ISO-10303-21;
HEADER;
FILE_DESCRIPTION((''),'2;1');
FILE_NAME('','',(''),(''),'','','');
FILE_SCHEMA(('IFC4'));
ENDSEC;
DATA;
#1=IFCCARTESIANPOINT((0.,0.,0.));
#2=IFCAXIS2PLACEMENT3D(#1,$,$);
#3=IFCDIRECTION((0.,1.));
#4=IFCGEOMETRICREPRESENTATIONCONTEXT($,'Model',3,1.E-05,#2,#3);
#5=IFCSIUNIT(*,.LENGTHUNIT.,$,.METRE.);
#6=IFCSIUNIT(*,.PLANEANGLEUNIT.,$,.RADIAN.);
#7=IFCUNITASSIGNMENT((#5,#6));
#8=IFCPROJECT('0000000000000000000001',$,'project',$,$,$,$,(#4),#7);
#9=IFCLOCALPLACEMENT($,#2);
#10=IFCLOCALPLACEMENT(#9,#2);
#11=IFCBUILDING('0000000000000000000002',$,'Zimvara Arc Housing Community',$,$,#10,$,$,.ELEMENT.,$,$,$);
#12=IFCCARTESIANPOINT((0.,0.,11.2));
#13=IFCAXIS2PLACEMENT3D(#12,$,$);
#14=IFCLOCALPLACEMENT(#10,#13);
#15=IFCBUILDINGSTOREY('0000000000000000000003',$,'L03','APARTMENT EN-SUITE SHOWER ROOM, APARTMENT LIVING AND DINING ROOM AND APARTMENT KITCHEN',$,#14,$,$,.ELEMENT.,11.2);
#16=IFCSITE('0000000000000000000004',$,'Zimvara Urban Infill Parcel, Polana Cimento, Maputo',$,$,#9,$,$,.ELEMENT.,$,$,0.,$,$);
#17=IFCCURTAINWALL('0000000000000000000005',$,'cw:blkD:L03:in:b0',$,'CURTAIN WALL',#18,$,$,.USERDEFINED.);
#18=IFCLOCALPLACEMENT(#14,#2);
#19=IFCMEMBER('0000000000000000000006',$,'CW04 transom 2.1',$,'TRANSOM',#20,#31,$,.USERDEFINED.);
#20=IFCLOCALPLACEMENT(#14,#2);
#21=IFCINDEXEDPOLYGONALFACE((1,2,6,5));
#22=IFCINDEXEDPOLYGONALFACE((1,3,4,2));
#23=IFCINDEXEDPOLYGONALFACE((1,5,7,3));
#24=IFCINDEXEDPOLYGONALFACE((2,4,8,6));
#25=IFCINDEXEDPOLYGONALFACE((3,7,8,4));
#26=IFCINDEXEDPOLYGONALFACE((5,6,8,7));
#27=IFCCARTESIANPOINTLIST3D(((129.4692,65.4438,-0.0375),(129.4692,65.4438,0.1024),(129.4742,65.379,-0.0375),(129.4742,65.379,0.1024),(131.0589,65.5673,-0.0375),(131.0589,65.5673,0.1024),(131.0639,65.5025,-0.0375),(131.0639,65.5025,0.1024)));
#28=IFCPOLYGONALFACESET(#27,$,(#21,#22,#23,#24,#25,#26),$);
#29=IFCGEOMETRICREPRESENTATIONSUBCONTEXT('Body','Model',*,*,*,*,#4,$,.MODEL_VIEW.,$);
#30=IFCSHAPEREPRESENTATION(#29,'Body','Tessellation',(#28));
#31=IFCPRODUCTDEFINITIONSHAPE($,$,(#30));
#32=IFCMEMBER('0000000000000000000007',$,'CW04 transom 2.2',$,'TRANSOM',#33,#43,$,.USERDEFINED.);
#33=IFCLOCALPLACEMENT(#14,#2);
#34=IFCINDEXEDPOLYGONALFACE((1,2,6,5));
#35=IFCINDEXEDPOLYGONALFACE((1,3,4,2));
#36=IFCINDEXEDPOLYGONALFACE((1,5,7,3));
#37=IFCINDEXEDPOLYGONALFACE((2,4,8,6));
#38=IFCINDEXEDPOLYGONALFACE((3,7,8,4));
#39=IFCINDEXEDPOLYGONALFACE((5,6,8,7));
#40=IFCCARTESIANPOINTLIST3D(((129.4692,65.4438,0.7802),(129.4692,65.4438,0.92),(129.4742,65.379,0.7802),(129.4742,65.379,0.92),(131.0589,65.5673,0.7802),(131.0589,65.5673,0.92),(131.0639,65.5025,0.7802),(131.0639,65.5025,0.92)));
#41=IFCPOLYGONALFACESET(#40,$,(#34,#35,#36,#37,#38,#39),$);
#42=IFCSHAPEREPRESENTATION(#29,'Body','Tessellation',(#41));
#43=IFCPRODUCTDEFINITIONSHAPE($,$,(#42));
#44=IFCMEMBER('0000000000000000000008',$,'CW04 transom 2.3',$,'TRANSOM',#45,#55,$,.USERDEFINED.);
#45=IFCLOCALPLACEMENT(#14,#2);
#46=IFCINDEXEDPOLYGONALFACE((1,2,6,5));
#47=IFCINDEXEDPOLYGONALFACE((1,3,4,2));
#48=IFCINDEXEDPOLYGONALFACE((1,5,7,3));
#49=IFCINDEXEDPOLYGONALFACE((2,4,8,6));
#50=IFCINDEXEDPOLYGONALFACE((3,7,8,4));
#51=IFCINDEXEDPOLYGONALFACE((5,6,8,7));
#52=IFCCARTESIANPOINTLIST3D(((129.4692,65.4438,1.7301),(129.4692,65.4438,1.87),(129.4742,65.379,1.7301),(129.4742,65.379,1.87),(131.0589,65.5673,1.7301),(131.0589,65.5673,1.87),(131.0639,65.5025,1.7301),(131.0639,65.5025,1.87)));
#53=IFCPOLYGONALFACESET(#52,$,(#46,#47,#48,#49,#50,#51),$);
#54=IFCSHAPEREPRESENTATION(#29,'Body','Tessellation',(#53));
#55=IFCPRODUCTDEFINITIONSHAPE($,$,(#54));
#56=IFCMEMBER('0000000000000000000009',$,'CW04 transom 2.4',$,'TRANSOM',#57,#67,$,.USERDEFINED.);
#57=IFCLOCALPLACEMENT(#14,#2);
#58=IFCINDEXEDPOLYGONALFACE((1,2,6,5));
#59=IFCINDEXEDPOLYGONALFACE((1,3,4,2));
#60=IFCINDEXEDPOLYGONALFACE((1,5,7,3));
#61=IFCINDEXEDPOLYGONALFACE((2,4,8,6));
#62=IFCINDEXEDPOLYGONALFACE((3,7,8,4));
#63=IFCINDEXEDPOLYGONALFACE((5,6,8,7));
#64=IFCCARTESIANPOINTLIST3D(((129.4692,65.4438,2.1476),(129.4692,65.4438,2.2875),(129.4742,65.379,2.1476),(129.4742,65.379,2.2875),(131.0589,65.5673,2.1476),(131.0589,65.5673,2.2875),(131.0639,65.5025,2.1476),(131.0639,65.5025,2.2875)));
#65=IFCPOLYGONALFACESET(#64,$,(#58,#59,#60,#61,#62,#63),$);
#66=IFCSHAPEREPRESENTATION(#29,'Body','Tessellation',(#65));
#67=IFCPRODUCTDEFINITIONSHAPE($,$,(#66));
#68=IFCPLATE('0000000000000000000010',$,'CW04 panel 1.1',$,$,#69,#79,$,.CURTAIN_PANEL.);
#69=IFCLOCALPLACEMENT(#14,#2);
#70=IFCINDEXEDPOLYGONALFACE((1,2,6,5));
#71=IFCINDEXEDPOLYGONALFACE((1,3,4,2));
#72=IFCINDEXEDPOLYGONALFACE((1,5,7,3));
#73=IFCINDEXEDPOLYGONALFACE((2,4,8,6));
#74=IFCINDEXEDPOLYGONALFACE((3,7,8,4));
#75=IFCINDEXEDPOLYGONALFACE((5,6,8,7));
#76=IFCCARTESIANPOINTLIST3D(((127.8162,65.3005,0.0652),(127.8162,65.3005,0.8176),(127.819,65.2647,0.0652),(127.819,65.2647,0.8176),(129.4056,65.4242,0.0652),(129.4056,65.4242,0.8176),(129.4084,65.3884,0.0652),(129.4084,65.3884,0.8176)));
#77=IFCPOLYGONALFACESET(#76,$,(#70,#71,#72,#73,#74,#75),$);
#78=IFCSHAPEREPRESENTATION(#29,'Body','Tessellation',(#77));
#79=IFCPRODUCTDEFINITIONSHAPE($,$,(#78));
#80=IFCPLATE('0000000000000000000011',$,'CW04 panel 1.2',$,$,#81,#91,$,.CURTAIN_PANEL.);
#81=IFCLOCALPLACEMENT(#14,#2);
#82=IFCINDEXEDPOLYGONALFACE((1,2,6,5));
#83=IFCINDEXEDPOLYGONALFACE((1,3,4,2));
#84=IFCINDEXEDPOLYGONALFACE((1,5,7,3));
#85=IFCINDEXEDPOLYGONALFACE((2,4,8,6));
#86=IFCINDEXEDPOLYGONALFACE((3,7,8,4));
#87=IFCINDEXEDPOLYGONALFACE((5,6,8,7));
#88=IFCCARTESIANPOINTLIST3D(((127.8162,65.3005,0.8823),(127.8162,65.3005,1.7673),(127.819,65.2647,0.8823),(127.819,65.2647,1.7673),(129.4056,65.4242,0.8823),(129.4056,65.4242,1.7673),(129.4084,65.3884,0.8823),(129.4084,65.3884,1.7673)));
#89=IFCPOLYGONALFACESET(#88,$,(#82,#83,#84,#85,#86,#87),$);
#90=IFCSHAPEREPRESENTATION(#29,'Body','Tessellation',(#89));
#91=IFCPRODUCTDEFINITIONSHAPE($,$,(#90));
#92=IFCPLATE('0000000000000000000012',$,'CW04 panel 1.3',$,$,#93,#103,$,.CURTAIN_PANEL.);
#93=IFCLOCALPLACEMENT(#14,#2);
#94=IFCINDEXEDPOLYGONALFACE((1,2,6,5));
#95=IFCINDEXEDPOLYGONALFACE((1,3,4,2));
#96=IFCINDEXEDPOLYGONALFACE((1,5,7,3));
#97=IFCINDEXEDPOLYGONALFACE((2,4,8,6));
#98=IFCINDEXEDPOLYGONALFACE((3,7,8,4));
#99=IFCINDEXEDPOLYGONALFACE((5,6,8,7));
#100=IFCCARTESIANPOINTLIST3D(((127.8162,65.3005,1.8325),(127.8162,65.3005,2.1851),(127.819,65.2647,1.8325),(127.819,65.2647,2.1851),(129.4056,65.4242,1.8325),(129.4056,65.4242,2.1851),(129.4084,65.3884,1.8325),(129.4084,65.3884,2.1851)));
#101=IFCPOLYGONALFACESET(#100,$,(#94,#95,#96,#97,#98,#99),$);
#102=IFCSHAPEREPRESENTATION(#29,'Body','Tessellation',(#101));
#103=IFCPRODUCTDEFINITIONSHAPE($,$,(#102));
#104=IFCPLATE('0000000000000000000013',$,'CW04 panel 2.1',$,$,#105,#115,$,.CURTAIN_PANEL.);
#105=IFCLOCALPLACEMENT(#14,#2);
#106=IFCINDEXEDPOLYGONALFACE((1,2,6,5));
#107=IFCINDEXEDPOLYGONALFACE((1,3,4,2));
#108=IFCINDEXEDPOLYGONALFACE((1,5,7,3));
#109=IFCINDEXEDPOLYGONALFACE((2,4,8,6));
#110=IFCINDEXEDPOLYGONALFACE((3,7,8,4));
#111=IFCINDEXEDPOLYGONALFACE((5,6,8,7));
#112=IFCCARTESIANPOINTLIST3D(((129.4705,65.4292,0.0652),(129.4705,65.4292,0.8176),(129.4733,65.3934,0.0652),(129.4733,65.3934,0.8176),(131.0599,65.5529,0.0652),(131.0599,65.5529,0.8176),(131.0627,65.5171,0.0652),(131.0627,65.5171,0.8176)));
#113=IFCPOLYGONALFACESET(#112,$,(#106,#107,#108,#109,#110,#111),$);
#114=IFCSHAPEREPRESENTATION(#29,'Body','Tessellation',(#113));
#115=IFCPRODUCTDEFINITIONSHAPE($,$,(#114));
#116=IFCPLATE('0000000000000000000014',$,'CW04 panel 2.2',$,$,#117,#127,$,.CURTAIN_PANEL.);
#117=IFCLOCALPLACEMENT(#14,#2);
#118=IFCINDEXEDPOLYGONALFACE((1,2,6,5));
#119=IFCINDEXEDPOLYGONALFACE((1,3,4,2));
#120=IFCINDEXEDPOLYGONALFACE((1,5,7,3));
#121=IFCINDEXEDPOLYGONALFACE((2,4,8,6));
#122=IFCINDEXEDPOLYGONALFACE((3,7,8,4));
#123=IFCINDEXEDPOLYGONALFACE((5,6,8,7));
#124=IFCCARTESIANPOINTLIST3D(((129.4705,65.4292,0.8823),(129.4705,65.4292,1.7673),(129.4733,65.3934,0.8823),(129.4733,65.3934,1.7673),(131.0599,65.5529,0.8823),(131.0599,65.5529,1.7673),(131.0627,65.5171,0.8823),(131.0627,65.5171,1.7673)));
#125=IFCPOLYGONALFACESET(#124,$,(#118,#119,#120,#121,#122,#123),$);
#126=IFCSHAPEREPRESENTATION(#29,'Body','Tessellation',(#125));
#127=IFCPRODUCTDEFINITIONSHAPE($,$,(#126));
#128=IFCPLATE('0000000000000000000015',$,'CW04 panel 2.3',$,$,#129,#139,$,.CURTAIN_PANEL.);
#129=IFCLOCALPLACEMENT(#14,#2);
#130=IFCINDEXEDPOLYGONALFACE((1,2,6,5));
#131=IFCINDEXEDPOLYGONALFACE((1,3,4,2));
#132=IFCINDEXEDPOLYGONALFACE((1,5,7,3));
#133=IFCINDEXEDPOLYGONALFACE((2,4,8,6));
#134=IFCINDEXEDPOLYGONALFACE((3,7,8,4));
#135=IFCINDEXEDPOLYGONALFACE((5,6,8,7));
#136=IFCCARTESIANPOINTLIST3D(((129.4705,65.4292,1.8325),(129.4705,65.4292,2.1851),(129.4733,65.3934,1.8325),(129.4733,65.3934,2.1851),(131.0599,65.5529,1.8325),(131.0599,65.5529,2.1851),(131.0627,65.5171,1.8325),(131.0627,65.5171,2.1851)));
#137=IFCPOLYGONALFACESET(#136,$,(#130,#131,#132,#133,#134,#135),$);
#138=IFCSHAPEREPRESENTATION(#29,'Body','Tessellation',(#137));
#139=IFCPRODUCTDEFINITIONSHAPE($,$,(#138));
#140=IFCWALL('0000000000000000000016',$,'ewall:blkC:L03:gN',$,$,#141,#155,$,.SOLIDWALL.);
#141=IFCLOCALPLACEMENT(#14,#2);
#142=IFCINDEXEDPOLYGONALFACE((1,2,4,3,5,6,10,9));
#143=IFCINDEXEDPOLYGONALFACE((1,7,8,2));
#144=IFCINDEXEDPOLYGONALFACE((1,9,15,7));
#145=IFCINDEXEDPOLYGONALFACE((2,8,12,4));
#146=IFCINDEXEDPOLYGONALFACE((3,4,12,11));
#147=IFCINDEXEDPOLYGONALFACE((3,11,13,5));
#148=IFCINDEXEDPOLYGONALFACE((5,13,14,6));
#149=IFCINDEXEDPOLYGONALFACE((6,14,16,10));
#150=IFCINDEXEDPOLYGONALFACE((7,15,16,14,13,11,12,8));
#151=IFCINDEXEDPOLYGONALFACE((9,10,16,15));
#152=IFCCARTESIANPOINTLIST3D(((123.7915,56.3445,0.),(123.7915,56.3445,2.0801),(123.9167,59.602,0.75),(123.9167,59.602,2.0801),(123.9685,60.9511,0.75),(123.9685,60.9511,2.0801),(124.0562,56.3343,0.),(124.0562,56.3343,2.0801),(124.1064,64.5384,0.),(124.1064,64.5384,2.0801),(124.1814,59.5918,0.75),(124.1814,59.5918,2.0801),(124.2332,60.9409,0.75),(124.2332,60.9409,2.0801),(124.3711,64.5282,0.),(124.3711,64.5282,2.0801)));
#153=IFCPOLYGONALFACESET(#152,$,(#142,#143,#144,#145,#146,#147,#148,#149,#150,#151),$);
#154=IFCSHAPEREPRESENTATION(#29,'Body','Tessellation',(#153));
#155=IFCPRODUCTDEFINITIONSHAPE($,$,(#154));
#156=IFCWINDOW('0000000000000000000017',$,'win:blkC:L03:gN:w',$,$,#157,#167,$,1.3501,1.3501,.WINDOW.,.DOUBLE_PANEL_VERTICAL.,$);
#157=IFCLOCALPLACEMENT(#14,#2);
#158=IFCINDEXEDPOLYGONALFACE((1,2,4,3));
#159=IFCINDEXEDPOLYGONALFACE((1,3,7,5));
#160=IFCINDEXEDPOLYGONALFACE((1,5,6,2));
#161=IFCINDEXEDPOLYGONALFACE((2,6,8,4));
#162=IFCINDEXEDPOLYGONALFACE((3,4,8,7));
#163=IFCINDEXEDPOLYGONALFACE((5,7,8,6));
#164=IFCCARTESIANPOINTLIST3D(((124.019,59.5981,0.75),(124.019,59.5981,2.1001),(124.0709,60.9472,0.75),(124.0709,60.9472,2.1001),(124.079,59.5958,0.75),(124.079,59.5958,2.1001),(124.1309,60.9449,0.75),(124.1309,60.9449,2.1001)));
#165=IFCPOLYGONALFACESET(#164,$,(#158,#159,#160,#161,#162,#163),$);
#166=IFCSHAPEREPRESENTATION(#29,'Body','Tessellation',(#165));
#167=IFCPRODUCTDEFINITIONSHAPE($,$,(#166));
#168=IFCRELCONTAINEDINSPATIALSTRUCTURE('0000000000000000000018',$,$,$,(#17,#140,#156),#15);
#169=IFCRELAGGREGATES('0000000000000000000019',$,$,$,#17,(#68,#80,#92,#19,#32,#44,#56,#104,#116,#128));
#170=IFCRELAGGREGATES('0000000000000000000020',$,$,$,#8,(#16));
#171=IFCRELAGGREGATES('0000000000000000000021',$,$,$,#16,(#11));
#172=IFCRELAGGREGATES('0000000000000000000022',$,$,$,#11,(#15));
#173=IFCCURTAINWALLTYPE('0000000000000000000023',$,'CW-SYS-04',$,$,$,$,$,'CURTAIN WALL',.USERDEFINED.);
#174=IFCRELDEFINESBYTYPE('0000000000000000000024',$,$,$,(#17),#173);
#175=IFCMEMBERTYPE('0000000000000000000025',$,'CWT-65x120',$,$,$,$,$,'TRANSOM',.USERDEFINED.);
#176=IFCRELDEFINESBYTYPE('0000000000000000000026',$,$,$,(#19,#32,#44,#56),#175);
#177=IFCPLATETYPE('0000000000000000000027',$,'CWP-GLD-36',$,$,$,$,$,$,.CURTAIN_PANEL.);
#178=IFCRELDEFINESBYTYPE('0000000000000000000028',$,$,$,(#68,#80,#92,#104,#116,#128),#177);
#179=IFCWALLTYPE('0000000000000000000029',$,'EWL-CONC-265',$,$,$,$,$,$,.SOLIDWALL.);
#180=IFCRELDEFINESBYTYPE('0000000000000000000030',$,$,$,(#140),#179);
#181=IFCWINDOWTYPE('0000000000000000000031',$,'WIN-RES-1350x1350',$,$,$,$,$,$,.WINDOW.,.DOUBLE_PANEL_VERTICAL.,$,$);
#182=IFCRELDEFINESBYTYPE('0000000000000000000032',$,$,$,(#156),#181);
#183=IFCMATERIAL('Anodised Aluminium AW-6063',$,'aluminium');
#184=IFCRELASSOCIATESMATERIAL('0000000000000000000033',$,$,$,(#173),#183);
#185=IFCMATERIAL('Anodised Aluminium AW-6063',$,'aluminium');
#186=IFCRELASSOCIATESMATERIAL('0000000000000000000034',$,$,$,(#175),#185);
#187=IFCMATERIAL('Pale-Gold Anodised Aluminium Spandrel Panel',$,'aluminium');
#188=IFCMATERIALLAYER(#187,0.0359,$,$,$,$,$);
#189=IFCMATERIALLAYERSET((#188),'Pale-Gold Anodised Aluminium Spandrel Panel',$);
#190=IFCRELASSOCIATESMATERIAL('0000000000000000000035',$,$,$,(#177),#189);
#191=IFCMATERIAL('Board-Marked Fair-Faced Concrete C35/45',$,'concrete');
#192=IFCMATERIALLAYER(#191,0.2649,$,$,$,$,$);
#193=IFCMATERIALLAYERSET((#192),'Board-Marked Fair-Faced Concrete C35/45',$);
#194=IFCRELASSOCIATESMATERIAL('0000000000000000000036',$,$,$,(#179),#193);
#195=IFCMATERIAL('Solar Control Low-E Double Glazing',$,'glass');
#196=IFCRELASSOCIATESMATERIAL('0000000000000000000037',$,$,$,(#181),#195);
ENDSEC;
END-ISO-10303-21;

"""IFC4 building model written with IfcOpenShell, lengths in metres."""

from ifc_helpers import new_model, si_unit, direction, frame, frame_2d, origin, origin_2d, place, context, subcontext, project, spatial, rectangle, extrude, material, layer, layer_set, material_profile, profile_set, type_object, element, fill, aggregate, save


model = new_model("IFC4")

# Units and contexts
model_context = context("Model", 3, precision=1e-05, world=origin(), true_north=direction((0.0, 1.0)))
body_context = subcontext(model_context, "Body", "Model", "MODEL_VIEW")
ifc_project = project(units=[si_unit("LENGTHUNIT", "METRE"), si_unit("PLANEANGLEUNIT", "RADIAN")], contexts=[model_context])

# Site, building, storey
site_placement = place(None, origin())
site = spatial("IfcSite", under=ifc_project, at=site_placement, Name="Zimvara Urban Infill Parcel, Polana Cimento, Maputo", CompositionType="ELEMENT", RefElevation=0.0)
building_placement = place(site_placement, origin())
building = spatial("IfcBuilding", under=site, at=building_placement, Name="Zimvara Arc Housing Community", CompositionType="ELEMENT")
storey_placement = place(building_placement, frame((0.0, 0.0, 11.2)))
storey = spatial("IfcBuildingStorey", under=building, at=storey_placement, Name="L03", Description="APARTMENT EN-SUITE SHOWER ROOM, APARTMENT LIVING AND DINING ROOM AND APARTMENT KITCHEN", CompositionType="ELEMENT", Elevation=11.2)

# Curtain wall, members, plates
ifc_material_1 = material(Name="Anodised Aluminium AW-6063", Category="aluminium")
curtain_wall_type_1 = type_object("IfcCurtainWallType", Name="CW-SYS-04", ElementType="CURTAIN WALL", PredefinedType="USERDEFINED", material=ifc_material_1)
curtain_wall_1_placement = place(storey_placement, origin())
curtain_wall_1 = element("IfcCurtainWall", 1, at=curtain_wall_1_placement, inside=storey, type_object=curtain_wall_type_1, Name="cw:blkD:L03:in:b0", ObjectType="CURTAIN WALL", PredefinedType="USERDEFINED")
ifc_material_2 = material(Name="Anodised Aluminium AW-6063", Category="aluminium")
ifc_material_profile_1 = material_profile(ifc_material_2, rectangle(XDim=0.0649, YDim=0.1399, at=origin_2d()), Name="ALU 65x140")
ifc_profile_set_1 = profile_set([ifc_material_profile_1], Name="Anodised Aluminium AW-6063")
member_type_1 = type_object("IfcMemberType", Name="CWT-65x120", ElementType="TRANSOM", PredefinedType="USERDEFINED", material=ifc_profile_set_1)
member_1_placement = place(storey_placement, frame((129.4717, 65.4114, 0.0325), z_axis=(0.996994, 0.077481, 0.0), x_axis=(-0.077481, 0.996994, 0.0)))
member_1 = element("IfcMember", 2, at=member_1_placement, type_object=member_type_1, Name="CW04 transom 2.1", ObjectType="TRANSOM", PredefinedType="USERDEFINED", context=body_context, shape_type="SweptSolid", body=[
    extrude(rectangle(XDim=0.0649, YDim=0.1399, at=origin_2d()), origin(), (0.0, 0.0, 1.0), 1.5945),
])
member_2_placement = place(storey_placement, frame((129.4717, 65.4114, 0.8501), z_axis=(0.996994, 0.077481, 0.0), x_axis=(-0.077481, 0.996994, 0.0)))
member_2 = element("IfcMember", 3, at=member_2_placement, type_object=member_type_1, Name="CW04 transom 2.2", ObjectType="TRANSOM", PredefinedType="USERDEFINED", context=body_context, shape_type="SweptSolid", body=[
    extrude(rectangle(XDim=0.0649, YDim=0.1399, at=origin_2d()), origin(), (0.0, 0.0, 1.0), 1.5945),
])
member_3_placement = place(storey_placement, frame((129.4717, 65.4114, 1.8), z_axis=(0.996994, 0.077481, 0.0), x_axis=(-0.077481, 0.996994, 0.0)))
member_3 = element("IfcMember", 4, at=member_3_placement, type_object=member_type_1, Name="CW04 transom 2.3", ObjectType="TRANSOM", PredefinedType="USERDEFINED", context=body_context, shape_type="SweptSolid", body=[
    extrude(rectangle(XDim=0.0649, YDim=0.1399, at=origin_2d()), origin(), (0.0, 0.0, 1.0), 1.5945),
])
member_4_placement = place(storey_placement, frame((129.4717, 65.4114, 2.2175), z_axis=(0.996994, 0.077481, 0.0), x_axis=(-0.077481, 0.996994, 0.0)))
member_4 = element("IfcMember", 5, at=member_4_placement, type_object=member_type_1, Name="CW04 transom 2.4", ObjectType="TRANSOM", PredefinedType="USERDEFINED", context=body_context, shape_type="SweptSolid", body=[
    extrude(rectangle(XDim=0.0649, YDim=0.1399, at=origin_2d()), origin(), (0.0, 0.0, 1.0), 1.5945),
])
ifc_material_3 = material(Name="Pale-Gold Anodised Aluminium Spandrel Panel", Category="aluminium")
ifc_layer_1 = layer(ifc_material_3, 0.0359)
ifc_layer_set_1 = layer_set([ifc_layer_1], Name="Pale-Gold Anodised Aluminium Spandrel Panel")
plate_type = type_object("IfcPlateType", Name="CWP-GLD-36", PredefinedType="CURTAIN_PANEL", material=ifc_layer_set_1)
plate_1_placement = place(storey_placement, frame((128.6123, 65.3445, 0.0652), z_axis=(0.0, 0.0, 1.0), x_axis=(0.996985, 0.07759, 0.0)))
plate_1 = element("IfcPlate", 6, at=plate_1_placement, type_object=plate_type, Name="CW04 panel 1.1", PredefinedType="CURTAIN_PANEL", context=body_context, shape_type="SweptSolid", body=[
    extrude(rectangle(XDim=1.5942, YDim=0.0359, at=origin_2d()), origin(), (0.0, 0.0, 1.0), 0.7524),
])
plate_2_placement = place(storey_placement, frame((128.6123, 65.3445, 0.8823), z_axis=(0.0, 0.0, 1.0), x_axis=(0.996985, 0.07759, 0.0)))
plate_2 = element("IfcPlate", 7, at=plate_2_placement, type_object=plate_type, Name="CW04 panel 1.2", PredefinedType="CURTAIN_PANEL", context=body_context, shape_type="SweptSolid", body=[
    extrude(rectangle(XDim=1.5942, YDim=0.0359, at=origin_2d()), origin(), (0.0, 0.0, 1.0), 0.885),
])
plate_3_placement = place(storey_placement, frame((128.6123, 65.3445, 1.8325), z_axis=(0.0, 0.0, 1.0), x_axis=(0.996985, 0.07759, 0.0)))
plate_3 = element("IfcPlate", 8, at=plate_3_placement, type_object=plate_type, Name="CW04 panel 1.3", PredefinedType="CURTAIN_PANEL", context=body_context, shape_type="SweptSolid", body=[
    extrude(rectangle(XDim=1.5942, YDim=0.0359, at=origin_2d()), origin(), (0.0, 0.0, 1.0), 0.3525),
])
plate_4_placement = place(storey_placement, frame((130.2666, 65.4731, 0.0652), z_axis=(0.0, 0.0, 1.0), x_axis=(0.996985, 0.07759, 0.0)))
plate_4 = element("IfcPlate", 9, at=plate_4_placement, type_object=plate_type, Name="CW04 panel 2.1", PredefinedType="CURTAIN_PANEL", context=body_context, shape_type="SweptSolid", body=[
    extrude(rectangle(XDim=1.5942, YDim=0.0359, at=origin_2d()), origin(), (0.0, 0.0, 1.0), 0.7524),
])
plate_5_placement = place(storey_placement, frame((130.2666, 65.4731, 0.8823), z_axis=(0.0, 0.0, 1.0), x_axis=(0.996985, 0.07759, 0.0)))
plate_5 = element("IfcPlate", 10, at=plate_5_placement, type_object=plate_type, Name="CW04 panel 2.2", PredefinedType="CURTAIN_PANEL", context=body_context, shape_type="SweptSolid", body=[
    extrude(rectangle(XDim=1.5942, YDim=0.0359, at=origin_2d()), origin(), (0.0, 0.0, 1.0), 0.885),
])
plate_6_placement = place(storey_placement, frame((130.2666, 65.4731, 1.8325), z_axis=(0.0, 0.0, 1.0), x_axis=(0.996985, 0.07759, 0.0)))
plate_6 = element("IfcPlate", 11, at=plate_6_placement, type_object=plate_type, Name="CW04 panel 2.3", PredefinedType="CURTAIN_PANEL", context=body_context, shape_type="SweptSolid", body=[
    extrude(rectangle(XDim=1.5942, YDim=0.0359, at=origin_2d()), origin(), (0.0, 0.0, 1.0), 0.3525),
])
aggregate(curtain_wall_1, [plate_1, plate_2, plate_3, member_1, member_2, member_3, member_4, plate_4, plate_5, plate_6])

# Wall, opening, window
ifc_material_4 = material(Name="Board-Marked Fair-Faced Concrete C35/45", Category="concrete")
ifc_layer_2 = layer(ifc_material_4, 0.2649)
ifc_layer_set_2 = layer_set([ifc_layer_2], Name="Board-Marked Fair-Faced Concrete C35/45")
wall_type_1 = type_object("IfcWallType", Name="EWL-CONC-265", PredefinedType="SOLIDWALL", material=ifc_layer_set_2)
wall_1_placement = place(storey_placement, frame((124.2388, 64.5334, 0.0), z_axis=(0.0, 0.0, 1.0), x_axis=(-0.038408, -0.999262, 0.0)))
wall_1 = element("IfcWall", 12, at=wall_1_placement, inside=storey, type_object=wall_type_1, Name="ewall:blkC:L03:gN", PredefinedType="SOLIDWALL", context=body_context, shape_type="SweptSolid", body=[
    extrude(rectangle(XDim=8.2, YDim=0.2649, at=frame_2d((4.1001, 0.0))), origin(), (0.0, 0.0, 1.0), 2.0801),
])
opening_1_placement = place(wall_1_placement, frame((3.5901, 0.0, 0.75)))
opening_1 = element("IfcOpeningElement", 13, at=opening_1_placement, cuts=wall_1, PredefinedType="OPENING", context=body_context, shape_type="SweptSolid", body=[
    extrude(rectangle(XDim=1.3501, YDim=1.3501, at=frame_2d((0.675, 0.675))), frame((0.0, 0.1423, 0.0), z_axis=(0.0, -1.0, 0.0), x_axis=(1.0, 0.0, 0.0)), (0.0, 0.0, 1.0), 0.2849),
])
ifc_material_5 = material(Name="Solar Control Low-E Double Glazing", Category="glass")
window_type_1 = type_object("IfcWindowType", Name="WIN-RES-1350x1350", PartitioningType="DOUBLE_PANEL_VERTICAL", PredefinedType="WINDOW", material=ifc_material_5)
window_1_placement = place(opening_1_placement, origin())
window_1 = element("IfcWindow", 14, at=window_1_placement, inside=storey, type_object=window_type_1, Name="win:blkC:L03:gN:w", OverallHeight=1.3501, OverallWidth=1.3501, PartitioningType="DOUBLE_PANEL_VERTICAL", PredefinedType="WINDOW", context=body_context, shape_type="SweptSolid", body=[
    extrude(rectangle(XDim=1.3501, YDim=1.3501, at=frame_2d((0.675, 0.675))), frame((0.0, 0.03, 0.0), z_axis=(0.0, -1.0, 0.0), x_axis=(1.0, 0.0, 0.0)), (0.0, 0.0, 1.0), 0.0601),
])
fill(opening_1, window_1)

save(model, "model.ifc")
